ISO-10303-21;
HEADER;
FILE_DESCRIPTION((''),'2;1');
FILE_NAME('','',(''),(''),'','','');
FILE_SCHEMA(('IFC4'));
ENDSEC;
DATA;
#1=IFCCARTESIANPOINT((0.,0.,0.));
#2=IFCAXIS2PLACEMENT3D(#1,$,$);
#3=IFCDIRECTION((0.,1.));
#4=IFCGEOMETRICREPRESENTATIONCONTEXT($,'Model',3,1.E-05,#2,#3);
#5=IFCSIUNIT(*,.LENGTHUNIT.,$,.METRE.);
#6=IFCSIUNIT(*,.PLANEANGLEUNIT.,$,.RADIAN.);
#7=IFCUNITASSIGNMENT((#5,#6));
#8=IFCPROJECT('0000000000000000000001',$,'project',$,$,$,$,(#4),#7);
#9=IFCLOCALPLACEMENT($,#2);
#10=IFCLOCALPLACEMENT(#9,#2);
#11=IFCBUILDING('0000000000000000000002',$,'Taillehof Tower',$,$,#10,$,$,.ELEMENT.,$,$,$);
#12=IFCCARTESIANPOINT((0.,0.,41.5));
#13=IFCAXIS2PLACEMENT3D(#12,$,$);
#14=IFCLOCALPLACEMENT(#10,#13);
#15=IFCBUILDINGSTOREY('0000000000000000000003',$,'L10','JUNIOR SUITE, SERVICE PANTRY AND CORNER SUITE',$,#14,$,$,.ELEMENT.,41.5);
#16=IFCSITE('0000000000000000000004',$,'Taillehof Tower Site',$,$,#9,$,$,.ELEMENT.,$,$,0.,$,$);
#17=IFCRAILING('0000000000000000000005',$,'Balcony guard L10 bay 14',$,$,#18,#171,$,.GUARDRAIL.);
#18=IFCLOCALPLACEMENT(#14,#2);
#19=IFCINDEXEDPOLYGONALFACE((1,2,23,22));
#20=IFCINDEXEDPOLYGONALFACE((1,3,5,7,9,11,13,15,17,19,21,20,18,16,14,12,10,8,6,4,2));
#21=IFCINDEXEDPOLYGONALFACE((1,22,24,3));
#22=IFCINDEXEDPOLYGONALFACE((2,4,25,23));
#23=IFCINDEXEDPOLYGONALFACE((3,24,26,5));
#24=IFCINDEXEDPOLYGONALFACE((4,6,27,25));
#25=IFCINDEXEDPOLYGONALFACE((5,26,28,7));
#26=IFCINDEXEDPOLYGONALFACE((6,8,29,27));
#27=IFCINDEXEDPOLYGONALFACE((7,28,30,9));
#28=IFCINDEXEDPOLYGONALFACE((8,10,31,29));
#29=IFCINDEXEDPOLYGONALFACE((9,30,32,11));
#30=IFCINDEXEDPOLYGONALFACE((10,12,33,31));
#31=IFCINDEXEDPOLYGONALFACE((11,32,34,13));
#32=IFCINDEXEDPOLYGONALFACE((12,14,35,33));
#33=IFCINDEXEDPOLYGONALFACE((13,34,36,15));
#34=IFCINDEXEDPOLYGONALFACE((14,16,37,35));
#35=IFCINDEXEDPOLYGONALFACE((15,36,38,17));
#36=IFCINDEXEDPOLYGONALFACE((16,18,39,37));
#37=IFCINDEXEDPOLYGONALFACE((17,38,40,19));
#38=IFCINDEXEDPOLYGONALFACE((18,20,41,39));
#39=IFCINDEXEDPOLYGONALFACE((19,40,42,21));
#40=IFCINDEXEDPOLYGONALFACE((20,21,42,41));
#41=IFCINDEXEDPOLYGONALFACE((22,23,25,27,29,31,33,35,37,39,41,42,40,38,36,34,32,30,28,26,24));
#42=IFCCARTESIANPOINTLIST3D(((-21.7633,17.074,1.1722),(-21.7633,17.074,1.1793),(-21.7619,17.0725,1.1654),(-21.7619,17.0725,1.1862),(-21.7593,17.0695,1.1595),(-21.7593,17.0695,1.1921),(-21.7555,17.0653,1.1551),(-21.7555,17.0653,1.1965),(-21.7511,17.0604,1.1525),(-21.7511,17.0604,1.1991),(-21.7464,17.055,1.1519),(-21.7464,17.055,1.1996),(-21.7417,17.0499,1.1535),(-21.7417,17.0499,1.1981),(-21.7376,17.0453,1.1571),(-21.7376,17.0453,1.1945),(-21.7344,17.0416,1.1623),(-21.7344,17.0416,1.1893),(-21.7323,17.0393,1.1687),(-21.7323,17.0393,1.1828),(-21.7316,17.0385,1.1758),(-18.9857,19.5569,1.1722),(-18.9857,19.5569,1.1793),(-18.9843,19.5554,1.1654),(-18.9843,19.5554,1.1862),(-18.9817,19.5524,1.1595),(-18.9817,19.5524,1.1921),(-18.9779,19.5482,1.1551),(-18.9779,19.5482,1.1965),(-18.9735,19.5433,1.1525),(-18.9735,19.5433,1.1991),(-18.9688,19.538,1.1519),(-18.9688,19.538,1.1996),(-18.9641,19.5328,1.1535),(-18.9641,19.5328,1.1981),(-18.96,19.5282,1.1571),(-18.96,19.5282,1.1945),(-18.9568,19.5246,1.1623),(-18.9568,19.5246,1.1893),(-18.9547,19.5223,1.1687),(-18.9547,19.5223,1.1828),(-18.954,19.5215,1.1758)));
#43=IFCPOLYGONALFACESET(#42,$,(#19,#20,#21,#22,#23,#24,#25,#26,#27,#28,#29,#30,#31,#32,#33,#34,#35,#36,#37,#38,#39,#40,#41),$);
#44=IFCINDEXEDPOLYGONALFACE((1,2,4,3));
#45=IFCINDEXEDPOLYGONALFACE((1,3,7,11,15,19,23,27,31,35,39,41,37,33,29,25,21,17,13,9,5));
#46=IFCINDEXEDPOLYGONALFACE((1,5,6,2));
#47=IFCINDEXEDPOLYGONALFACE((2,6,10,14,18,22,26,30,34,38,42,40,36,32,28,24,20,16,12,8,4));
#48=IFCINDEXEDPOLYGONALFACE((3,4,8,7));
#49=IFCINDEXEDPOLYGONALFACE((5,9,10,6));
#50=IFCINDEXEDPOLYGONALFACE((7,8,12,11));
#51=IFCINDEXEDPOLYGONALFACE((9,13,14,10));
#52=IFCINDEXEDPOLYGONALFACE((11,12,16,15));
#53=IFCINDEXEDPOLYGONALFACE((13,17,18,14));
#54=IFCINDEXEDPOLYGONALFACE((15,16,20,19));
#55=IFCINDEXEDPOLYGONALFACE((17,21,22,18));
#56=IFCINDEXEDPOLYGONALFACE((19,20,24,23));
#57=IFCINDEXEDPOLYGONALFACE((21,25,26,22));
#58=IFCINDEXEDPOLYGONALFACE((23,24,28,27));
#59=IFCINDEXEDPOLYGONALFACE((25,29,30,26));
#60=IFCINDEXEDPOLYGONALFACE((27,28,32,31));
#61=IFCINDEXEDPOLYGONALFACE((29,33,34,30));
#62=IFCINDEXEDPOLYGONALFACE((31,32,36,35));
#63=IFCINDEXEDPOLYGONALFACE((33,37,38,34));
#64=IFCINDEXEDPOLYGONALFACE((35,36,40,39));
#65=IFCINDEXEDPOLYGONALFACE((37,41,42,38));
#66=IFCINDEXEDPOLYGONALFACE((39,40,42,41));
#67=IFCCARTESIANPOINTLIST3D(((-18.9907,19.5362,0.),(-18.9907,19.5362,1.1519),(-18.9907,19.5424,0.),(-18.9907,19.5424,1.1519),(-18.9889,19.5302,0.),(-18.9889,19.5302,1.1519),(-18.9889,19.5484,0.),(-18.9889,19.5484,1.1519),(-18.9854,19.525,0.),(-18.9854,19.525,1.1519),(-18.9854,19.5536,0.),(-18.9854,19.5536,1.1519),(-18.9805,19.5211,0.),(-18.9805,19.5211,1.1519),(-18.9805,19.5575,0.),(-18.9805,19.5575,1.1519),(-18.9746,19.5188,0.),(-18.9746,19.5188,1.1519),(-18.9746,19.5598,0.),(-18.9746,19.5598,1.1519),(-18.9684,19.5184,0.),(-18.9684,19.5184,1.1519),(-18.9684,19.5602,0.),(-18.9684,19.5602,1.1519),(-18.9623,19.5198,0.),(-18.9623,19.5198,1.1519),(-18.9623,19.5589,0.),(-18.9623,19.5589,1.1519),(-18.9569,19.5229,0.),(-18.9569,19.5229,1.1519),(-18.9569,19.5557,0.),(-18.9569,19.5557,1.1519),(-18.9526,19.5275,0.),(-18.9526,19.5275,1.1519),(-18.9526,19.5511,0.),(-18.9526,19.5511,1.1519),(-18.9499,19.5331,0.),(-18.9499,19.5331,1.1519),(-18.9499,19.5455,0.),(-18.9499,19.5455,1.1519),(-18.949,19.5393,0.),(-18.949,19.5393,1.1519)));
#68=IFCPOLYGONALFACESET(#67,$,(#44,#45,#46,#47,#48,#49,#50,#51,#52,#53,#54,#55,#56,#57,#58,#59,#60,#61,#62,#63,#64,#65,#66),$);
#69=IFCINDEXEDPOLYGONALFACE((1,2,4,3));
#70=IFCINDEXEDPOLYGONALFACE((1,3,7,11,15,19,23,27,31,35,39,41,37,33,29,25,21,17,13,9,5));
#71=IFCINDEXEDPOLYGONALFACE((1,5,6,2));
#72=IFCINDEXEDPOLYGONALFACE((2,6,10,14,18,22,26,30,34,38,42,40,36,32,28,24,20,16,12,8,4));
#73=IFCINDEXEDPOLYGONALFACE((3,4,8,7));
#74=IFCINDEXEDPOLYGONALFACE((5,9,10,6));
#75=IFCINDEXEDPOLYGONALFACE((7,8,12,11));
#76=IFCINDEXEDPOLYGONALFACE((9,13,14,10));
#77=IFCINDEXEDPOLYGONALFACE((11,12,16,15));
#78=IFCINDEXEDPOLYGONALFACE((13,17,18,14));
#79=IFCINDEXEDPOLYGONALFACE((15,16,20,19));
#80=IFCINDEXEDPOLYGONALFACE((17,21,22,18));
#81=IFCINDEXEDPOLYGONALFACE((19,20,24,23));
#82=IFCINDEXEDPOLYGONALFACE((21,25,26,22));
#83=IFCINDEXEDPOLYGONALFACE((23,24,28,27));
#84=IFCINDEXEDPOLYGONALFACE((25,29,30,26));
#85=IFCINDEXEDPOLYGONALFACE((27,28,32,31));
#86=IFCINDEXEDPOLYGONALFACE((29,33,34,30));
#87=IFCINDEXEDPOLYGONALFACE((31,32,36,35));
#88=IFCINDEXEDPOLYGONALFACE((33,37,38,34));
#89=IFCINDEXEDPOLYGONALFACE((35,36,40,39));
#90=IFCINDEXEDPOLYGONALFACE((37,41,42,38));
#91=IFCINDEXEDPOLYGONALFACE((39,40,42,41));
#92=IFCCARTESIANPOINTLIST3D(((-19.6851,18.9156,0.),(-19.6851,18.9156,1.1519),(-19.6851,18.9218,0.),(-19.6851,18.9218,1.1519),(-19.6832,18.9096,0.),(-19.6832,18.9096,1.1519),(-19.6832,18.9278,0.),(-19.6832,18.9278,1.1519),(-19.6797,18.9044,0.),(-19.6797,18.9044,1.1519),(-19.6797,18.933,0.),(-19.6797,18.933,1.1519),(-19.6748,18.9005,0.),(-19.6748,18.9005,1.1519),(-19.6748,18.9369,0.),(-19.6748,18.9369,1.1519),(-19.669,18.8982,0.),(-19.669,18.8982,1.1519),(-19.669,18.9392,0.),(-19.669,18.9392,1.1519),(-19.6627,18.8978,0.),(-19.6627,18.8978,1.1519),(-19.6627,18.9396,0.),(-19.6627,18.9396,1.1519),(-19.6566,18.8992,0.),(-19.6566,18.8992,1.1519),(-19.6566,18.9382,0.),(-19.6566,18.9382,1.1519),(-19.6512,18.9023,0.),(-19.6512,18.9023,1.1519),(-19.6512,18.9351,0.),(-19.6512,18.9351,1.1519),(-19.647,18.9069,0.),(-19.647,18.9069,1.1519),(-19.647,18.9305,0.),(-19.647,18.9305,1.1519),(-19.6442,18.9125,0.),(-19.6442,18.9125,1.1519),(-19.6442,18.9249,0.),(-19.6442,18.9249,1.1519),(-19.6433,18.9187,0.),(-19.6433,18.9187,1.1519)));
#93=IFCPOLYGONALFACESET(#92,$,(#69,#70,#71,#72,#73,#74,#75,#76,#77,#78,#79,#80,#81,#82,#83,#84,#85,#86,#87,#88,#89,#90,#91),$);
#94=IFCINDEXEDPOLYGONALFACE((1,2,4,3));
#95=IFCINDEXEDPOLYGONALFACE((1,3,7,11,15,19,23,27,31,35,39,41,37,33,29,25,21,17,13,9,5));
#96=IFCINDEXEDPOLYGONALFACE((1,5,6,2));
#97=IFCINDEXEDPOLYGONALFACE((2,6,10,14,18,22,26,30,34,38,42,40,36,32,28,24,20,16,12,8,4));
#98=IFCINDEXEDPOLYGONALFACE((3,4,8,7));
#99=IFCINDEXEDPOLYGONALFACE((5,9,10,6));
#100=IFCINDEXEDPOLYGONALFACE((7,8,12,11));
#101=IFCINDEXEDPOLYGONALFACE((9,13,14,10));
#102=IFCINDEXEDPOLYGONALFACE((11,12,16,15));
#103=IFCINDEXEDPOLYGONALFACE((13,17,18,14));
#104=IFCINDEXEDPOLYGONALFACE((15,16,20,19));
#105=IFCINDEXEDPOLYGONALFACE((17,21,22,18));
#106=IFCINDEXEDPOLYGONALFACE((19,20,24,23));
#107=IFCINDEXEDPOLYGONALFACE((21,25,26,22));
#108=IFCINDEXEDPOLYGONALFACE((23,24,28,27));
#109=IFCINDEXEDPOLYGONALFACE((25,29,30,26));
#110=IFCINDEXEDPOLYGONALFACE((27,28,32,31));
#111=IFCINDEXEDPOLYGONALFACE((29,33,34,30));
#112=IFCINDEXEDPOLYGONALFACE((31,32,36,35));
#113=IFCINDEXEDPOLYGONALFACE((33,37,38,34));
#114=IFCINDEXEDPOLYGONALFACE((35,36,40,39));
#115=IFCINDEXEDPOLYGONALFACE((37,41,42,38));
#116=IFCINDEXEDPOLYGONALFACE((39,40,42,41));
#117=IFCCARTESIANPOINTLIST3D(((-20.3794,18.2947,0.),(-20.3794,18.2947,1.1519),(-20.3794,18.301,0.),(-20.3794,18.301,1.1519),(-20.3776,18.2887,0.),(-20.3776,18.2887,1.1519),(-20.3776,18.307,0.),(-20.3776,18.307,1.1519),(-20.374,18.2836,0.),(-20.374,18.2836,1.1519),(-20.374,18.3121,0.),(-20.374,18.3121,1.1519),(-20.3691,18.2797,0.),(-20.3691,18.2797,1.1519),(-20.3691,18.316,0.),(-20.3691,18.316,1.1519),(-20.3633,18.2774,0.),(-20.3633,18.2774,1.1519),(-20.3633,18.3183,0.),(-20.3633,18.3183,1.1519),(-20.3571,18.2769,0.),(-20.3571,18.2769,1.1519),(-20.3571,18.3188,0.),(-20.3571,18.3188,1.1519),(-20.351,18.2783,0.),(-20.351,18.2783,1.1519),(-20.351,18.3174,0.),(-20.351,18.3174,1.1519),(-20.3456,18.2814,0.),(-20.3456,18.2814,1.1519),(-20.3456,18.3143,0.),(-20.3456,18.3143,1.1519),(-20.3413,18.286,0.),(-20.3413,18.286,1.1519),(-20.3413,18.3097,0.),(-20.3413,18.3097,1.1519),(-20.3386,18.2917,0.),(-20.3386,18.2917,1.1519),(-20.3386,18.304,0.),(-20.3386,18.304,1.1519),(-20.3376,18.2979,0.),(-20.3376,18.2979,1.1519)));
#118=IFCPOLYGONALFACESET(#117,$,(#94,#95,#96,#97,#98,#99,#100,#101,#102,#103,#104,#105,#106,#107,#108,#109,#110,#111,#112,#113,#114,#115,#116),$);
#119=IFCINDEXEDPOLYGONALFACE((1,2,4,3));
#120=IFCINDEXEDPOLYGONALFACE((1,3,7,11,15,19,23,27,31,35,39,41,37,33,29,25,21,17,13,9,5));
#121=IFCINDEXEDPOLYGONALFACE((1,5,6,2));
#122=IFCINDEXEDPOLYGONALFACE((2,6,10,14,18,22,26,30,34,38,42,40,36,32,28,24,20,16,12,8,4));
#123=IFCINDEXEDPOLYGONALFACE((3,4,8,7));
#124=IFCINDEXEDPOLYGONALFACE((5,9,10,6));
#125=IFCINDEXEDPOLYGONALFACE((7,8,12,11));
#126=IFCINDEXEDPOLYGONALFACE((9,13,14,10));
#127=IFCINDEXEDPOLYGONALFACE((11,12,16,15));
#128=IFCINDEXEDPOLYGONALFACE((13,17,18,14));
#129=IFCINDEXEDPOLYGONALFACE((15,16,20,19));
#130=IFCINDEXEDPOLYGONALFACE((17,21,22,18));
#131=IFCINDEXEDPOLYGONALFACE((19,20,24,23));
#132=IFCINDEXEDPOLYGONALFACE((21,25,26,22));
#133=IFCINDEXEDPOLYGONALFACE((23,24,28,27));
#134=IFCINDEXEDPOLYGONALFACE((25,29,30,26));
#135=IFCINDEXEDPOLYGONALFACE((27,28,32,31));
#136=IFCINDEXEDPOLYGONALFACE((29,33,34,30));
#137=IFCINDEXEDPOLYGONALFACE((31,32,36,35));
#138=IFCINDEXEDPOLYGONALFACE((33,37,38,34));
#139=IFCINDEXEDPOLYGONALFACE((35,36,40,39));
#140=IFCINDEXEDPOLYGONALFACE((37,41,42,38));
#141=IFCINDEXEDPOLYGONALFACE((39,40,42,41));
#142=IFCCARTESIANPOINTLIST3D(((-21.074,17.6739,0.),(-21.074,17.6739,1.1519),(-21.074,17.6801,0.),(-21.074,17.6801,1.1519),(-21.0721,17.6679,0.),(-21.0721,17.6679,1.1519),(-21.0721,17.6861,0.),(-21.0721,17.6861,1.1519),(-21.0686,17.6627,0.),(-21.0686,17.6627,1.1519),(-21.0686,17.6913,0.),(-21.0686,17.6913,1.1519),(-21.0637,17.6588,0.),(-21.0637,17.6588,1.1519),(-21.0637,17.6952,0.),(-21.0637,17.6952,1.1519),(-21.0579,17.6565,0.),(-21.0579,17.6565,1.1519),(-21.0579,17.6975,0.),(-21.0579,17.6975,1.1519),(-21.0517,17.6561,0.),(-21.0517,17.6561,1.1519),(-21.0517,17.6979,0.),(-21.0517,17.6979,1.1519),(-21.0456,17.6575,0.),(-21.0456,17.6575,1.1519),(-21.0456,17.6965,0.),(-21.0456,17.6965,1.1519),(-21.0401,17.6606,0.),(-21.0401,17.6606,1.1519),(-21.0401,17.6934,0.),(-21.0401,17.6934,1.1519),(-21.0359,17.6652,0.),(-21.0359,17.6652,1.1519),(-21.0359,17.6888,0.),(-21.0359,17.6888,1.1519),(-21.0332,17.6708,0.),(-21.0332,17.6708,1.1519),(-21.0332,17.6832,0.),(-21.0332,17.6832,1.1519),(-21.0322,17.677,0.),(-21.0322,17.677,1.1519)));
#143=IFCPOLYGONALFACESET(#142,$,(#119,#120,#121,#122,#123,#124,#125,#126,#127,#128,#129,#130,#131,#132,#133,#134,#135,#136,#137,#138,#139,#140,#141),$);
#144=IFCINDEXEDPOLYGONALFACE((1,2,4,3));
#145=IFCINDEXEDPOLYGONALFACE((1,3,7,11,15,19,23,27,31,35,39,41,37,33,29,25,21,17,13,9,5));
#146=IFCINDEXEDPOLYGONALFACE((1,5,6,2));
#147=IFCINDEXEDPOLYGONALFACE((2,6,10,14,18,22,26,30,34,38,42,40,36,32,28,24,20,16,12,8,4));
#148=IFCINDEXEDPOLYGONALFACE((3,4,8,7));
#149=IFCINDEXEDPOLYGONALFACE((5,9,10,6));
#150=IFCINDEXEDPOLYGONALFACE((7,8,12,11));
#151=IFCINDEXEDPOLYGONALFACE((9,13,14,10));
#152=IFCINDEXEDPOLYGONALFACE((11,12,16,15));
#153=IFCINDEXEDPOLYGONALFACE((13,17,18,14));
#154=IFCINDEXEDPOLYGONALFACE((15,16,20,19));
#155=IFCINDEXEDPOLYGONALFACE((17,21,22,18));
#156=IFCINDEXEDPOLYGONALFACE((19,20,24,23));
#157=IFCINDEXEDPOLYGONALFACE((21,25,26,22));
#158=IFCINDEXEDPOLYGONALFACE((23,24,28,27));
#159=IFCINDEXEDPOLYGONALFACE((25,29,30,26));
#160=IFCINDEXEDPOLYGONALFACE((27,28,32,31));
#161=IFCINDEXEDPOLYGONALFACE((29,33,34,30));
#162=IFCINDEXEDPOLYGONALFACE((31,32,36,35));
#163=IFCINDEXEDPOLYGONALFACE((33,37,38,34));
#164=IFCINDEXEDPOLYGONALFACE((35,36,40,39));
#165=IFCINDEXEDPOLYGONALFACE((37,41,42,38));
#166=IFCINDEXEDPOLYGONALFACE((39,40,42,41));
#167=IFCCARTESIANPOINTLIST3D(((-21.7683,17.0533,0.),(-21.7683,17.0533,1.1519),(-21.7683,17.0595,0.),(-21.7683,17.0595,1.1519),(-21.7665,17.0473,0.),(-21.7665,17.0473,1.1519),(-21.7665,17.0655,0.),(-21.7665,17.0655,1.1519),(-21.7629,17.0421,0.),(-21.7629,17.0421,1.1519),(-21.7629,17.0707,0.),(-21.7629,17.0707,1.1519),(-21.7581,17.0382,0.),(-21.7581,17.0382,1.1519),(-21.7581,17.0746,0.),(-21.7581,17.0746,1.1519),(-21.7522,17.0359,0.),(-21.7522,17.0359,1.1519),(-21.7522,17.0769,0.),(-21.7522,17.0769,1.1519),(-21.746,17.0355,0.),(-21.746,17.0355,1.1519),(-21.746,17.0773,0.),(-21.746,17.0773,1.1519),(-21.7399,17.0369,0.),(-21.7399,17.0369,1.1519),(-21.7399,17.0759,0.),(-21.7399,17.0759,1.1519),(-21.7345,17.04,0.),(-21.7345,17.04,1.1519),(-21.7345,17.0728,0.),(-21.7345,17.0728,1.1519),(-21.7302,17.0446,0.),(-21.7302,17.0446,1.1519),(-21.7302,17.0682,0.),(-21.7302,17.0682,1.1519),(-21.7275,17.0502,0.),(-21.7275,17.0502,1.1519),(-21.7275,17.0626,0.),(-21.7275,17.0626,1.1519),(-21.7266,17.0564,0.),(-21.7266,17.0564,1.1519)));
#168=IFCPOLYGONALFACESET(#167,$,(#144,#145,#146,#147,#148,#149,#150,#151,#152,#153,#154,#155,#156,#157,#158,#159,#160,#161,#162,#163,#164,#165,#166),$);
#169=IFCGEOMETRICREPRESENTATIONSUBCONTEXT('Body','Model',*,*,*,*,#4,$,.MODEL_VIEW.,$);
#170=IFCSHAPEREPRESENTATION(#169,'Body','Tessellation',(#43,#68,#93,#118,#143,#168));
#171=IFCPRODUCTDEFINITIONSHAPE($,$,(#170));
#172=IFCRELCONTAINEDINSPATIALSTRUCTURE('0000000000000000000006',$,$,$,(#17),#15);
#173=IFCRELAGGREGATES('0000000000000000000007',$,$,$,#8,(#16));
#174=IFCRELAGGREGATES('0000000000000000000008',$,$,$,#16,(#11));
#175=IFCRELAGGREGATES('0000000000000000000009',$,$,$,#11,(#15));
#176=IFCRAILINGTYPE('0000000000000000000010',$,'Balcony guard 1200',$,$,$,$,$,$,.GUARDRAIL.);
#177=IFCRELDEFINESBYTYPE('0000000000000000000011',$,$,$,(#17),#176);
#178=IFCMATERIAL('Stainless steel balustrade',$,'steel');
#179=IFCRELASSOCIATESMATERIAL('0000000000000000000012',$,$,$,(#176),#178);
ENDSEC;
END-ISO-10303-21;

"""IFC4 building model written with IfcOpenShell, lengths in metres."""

from ifc_helpers import new_model, si_unit, direction, frame, origin, origin_2d, place, context, subcontext, project, spatial, circle, extrude, material, type_object, element, save


model = new_model("IFC4")

# Units and contexts
model_context = context("Model", 3, precision=1e-05, world=origin(), true_north=direction((0.0, 1.0)))
body_context = subcontext(model_context, "Body", "Model", "MODEL_VIEW")
ifc_project = project(units=[si_unit("LENGTHUNIT", "METRE"), si_unit("PLANEANGLEUNIT", "RADIAN")], contexts=[model_context])

# Site, building, storey
site_placement = place(None, origin())
site = spatial("IfcSite", under=ifc_project, at=site_placement, Name="Taillehof Tower Site", CompositionType="ELEMENT", RefElevation=0.0)
building_placement = place(site_placement, origin())
building = spatial("IfcBuilding", under=site, at=building_placement, Name="Taillehof Tower", CompositionType="ELEMENT")
storey_placement = place(building_placement, frame((0.0, 0.0, 41.5)))
storey = spatial("IfcBuildingStorey", under=building, at=storey_placement, Name="L10", Description="JUNIOR SUITE, SERVICE PANTRY AND CORNER SUITE", CompositionType="ELEMENT", Elevation=41.5)

# Railing
ifc_material_1 = material(Name="Stainless steel balustrade", Category="steel")
railing_type = type_object("IfcRailingType", Name="Balcony guard 1200", PredefinedType="GUARDRAIL", material=ifc_material_1)
railing_1_placement = place(storey_placement, frame((-18.97, 19.5393, 0.0)))
element("IfcRailing", 1, at=railing_1_placement, inside=storey, type_object=railing_type, Name="Balcony guard L10 bay 14", PredefinedType="GUARDRAIL", context=body_context, shape_type="SweptSolid", body=[
    extrude(circle(Radius=0.0239, at=origin_2d()), frame((0.0, 0.0, 1.1758), z_axis=(-0.745548, -0.666452, 0.0), x_axis=(0.666452, -0.745548, 0.0)), (0.0, 0.0, 1.0), 3.7256),
    extrude(circle(Radius=0.021, at=origin_2d()), origin(), (0.0, 0.0, 1.0), 1.1519),
    extrude(circle(Radius=0.021, at=origin_2d()), frame((-0.6943, -0.6206, 0.0)), (0.0, 0.0, 1.0), 1.1519),
    extrude(circle(Radius=0.021, at=origin_2d()), frame((-1.3887, -1.2415, 0.0)), (0.0, 0.0, 1.0), 1.1519),
    extrude(circle(Radius=0.021, at=origin_2d()), frame((-2.0833, -1.8623, 0.0)), (0.0, 0.0, 1.0), 1.1519),
    extrude(circle(Radius=0.021, at=origin_2d()), frame((-2.7776, -2.4829, 0.0)), (0.0, 0.0, 1.0), 1.1519),
])

save(model, "model.ifc")
